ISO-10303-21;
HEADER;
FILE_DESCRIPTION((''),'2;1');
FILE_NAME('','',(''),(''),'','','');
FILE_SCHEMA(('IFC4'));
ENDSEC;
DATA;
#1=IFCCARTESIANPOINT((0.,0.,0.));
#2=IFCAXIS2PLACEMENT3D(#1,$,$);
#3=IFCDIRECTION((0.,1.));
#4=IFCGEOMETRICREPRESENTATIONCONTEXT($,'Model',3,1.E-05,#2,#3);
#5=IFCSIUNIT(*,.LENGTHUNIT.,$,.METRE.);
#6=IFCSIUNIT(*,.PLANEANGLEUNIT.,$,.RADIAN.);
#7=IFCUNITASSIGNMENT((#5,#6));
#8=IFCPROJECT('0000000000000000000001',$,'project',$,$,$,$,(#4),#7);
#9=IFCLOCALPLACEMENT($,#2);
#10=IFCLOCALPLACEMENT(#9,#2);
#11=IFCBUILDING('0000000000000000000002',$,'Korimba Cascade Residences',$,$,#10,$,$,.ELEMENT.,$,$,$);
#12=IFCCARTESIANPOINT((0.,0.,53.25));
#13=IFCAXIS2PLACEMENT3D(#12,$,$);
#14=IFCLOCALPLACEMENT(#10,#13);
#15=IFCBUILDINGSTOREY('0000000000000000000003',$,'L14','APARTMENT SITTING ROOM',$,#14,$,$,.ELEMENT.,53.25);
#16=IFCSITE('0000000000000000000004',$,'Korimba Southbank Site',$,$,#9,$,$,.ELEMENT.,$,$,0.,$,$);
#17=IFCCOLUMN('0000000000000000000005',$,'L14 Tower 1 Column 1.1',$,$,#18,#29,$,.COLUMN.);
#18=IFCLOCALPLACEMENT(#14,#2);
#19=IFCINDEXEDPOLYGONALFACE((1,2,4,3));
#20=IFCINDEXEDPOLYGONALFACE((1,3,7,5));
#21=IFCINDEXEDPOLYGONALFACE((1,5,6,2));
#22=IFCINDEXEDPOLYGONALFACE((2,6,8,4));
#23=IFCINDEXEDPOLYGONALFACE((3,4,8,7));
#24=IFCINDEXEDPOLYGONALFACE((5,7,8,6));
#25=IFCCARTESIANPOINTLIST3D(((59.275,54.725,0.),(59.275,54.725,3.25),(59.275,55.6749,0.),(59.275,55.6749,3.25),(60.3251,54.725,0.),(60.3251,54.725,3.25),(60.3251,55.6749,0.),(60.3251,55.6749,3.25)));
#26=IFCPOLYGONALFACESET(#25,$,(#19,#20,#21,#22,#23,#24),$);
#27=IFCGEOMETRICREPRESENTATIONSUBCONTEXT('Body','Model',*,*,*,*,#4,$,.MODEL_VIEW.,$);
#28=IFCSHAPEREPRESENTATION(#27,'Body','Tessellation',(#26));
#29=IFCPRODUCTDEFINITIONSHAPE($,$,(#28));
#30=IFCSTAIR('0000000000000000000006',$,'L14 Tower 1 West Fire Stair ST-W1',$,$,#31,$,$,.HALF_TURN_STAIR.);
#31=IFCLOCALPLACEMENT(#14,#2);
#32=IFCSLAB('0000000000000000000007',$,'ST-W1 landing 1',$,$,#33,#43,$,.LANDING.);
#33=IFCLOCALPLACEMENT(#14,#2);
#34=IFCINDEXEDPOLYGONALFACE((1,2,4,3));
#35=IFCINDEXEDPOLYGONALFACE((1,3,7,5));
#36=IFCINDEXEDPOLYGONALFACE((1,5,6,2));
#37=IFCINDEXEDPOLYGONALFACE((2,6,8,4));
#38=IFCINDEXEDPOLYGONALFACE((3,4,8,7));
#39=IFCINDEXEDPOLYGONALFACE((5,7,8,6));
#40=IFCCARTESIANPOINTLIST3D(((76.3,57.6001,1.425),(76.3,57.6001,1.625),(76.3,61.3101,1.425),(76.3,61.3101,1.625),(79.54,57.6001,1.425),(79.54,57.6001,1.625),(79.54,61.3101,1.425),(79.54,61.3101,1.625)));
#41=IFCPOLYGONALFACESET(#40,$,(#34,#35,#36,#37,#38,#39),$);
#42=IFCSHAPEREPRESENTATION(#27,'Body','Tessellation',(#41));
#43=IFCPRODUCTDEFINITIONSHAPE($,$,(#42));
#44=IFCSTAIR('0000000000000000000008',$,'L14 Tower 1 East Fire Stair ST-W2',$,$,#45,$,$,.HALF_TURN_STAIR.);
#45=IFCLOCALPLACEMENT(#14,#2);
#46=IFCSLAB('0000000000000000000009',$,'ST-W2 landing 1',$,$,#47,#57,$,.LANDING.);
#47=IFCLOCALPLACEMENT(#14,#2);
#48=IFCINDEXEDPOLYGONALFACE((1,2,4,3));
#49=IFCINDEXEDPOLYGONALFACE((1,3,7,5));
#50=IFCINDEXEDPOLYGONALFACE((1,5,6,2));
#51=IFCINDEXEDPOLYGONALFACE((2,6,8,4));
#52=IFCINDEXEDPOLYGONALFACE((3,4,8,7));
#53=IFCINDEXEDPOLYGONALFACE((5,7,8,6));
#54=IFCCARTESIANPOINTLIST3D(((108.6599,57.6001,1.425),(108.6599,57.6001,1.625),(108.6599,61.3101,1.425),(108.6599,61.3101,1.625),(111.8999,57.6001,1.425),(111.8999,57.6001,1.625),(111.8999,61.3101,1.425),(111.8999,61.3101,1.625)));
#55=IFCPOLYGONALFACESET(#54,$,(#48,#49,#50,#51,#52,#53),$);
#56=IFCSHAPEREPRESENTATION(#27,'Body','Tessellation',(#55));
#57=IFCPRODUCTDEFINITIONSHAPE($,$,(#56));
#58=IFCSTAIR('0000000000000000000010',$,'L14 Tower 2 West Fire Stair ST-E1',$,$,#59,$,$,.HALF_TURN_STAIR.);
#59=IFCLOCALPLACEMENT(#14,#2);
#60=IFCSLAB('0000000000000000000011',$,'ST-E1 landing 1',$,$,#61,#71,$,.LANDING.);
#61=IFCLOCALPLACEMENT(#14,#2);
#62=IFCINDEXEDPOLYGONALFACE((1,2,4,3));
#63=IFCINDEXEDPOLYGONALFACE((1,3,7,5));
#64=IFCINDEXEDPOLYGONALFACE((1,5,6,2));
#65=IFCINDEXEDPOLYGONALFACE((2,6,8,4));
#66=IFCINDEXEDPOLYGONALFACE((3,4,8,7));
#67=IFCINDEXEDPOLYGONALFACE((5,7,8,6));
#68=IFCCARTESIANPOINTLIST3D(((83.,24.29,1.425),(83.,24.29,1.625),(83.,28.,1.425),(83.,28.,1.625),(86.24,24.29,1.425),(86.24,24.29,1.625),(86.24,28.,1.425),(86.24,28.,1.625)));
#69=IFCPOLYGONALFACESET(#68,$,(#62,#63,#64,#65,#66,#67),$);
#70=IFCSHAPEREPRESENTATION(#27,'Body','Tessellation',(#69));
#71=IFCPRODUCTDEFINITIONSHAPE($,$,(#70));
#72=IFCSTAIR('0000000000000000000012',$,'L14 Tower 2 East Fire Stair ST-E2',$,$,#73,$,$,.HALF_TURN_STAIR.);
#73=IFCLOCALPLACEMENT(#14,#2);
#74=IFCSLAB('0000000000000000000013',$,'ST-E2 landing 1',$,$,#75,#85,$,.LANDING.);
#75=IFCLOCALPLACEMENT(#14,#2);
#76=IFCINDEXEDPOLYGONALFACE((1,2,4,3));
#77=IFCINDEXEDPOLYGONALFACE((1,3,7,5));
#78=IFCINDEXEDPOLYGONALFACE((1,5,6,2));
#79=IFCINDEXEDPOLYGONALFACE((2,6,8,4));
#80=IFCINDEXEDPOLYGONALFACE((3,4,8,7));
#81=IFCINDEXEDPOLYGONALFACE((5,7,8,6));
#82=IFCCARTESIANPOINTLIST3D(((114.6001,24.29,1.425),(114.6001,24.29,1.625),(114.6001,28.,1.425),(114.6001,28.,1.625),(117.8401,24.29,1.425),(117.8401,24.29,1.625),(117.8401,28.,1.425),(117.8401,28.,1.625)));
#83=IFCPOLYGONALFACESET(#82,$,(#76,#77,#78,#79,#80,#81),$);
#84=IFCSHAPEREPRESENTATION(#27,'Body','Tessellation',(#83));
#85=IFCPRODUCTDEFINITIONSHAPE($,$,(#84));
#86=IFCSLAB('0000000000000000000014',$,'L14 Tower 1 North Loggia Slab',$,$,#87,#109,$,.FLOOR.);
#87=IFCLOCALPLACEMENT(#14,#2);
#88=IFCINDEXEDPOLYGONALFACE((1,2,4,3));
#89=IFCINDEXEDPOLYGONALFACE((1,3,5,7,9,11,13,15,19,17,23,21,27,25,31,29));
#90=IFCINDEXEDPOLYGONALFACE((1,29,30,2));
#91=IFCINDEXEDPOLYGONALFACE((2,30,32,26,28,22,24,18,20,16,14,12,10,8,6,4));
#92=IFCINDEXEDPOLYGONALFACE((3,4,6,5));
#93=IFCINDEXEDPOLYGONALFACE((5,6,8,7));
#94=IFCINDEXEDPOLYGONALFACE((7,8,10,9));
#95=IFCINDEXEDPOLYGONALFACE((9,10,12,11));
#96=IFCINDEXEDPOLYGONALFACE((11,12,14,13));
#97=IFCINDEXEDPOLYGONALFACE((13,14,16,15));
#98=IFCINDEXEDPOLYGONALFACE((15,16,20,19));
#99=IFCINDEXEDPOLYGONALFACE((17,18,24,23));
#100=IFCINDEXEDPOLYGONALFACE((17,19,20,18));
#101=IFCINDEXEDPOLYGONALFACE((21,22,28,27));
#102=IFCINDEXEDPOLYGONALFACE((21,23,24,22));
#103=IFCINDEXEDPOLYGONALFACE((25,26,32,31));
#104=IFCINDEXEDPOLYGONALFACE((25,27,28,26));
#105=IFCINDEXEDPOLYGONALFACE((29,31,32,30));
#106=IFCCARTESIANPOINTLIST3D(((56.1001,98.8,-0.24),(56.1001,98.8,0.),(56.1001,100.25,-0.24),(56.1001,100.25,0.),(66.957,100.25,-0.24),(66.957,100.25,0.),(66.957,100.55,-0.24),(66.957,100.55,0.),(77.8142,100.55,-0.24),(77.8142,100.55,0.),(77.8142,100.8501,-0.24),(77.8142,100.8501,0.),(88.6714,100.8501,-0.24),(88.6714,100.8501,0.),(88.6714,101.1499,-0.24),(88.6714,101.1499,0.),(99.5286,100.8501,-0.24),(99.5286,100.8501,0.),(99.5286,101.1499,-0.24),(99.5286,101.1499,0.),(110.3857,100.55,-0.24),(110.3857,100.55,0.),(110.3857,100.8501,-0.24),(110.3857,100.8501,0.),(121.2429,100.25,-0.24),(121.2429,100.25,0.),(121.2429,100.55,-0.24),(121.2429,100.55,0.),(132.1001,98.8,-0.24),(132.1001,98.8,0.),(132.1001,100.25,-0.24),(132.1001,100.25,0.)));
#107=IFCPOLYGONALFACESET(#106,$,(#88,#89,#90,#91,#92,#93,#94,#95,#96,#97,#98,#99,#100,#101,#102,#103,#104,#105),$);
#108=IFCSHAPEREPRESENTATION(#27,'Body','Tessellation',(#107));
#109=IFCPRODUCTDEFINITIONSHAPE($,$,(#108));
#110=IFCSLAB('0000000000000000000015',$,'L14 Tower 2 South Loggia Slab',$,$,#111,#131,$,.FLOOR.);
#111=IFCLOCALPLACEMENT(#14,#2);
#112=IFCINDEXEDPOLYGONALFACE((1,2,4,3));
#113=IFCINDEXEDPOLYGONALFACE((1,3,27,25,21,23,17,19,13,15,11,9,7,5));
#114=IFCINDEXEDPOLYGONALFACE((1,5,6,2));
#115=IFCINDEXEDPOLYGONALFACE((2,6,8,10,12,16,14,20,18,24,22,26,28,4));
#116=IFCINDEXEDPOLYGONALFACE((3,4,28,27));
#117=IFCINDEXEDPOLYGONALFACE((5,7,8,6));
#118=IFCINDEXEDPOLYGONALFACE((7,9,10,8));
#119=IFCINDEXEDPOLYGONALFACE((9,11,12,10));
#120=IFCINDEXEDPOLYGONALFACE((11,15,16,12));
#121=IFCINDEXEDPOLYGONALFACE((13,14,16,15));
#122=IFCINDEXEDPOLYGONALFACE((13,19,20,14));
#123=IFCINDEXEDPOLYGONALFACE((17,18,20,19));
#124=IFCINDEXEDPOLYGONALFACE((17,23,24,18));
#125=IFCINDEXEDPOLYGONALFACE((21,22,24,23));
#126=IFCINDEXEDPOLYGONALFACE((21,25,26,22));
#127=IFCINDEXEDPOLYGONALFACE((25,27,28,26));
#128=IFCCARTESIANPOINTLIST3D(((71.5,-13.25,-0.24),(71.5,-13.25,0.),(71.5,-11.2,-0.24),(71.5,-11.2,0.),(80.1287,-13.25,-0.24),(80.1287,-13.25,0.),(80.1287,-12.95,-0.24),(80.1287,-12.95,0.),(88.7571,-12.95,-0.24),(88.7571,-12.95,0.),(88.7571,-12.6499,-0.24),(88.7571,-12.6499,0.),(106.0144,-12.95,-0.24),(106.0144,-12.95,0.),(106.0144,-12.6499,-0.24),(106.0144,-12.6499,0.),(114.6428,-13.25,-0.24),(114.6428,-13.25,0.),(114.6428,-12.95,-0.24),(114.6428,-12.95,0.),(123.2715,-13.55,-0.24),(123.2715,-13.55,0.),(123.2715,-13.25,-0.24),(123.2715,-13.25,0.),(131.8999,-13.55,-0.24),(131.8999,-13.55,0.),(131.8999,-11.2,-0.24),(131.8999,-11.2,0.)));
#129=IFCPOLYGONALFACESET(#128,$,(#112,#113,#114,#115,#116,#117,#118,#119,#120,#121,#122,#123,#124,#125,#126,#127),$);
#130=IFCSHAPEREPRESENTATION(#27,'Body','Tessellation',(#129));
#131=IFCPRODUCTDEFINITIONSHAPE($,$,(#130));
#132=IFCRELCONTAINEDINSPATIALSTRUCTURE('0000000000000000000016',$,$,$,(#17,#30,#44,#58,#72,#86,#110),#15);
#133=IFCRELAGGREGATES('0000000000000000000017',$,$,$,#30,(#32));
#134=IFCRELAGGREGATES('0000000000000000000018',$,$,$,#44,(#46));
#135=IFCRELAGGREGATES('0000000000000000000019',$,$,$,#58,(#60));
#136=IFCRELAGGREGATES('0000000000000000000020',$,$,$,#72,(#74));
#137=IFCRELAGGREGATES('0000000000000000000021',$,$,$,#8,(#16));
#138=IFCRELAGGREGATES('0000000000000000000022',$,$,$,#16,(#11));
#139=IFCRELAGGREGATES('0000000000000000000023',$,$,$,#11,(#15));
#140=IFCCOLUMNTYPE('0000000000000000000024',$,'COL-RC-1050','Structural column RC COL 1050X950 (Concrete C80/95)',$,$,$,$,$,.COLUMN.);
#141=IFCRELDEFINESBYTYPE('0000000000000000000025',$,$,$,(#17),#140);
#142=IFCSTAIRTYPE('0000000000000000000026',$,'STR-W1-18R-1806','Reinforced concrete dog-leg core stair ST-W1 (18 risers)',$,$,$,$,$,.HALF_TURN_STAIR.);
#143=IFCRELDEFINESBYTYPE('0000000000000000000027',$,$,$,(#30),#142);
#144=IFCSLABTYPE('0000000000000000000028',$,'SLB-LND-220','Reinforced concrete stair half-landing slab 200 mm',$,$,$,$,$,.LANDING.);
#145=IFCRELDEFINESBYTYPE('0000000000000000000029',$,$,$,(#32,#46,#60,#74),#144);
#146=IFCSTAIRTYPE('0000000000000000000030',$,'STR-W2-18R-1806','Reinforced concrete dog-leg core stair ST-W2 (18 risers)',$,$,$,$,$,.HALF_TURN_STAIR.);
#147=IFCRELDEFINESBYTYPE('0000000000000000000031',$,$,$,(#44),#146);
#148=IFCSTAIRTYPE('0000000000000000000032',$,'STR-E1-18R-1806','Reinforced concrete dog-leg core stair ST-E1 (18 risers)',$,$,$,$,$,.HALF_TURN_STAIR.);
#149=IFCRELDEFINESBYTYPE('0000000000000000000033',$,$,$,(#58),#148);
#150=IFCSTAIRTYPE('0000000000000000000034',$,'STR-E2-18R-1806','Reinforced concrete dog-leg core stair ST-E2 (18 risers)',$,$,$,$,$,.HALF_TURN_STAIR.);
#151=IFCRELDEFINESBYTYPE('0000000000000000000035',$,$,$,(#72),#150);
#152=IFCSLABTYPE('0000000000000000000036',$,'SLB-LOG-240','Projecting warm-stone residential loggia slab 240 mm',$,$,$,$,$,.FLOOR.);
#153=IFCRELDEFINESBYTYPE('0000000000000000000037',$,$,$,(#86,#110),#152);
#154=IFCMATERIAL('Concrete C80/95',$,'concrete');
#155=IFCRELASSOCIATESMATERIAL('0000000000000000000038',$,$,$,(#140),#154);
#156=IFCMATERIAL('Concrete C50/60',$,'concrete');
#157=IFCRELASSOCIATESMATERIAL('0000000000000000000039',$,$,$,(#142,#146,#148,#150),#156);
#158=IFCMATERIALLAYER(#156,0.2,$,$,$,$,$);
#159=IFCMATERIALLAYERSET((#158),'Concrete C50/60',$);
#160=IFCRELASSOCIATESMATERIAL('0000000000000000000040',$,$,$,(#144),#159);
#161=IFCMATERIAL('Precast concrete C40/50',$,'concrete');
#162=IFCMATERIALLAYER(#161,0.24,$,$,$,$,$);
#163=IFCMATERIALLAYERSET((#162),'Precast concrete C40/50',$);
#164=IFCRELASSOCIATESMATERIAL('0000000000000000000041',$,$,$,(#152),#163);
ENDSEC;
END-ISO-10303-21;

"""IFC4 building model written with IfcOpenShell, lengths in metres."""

from ifc_helpers import new_model, si_unit, direction, frame, origin, origin_2d, place, context, subcontext, project, spatial, polyline, rectangle, outline, extrude, material, layer, layer_set, material_profile, profile_set, type_object, element, aggregate, save


model = new_model("IFC4")

# Units and contexts
model_context = context("Model", 3, precision=1e-05, world=origin(), true_north=direction((0.0, 1.0)))
body_context = subcontext(model_context, "Body", "Model", "MODEL_VIEW")
ifc_project = project(units=[si_unit("LENGTHUNIT", "METRE"), si_unit("PLANEANGLEUNIT", "RADIAN")], contexts=[model_context])

# Site, building, storey
site_placement = place(None, origin())
site = spatial("IfcSite", under=ifc_project, at=site_placement, Name="Korimba Southbank Site", CompositionType="ELEMENT", RefElevation=0.0)
building_placement = place(site_placement, origin())
building = spatial("IfcBuilding", under=site, at=building_placement, Name="Korimba Cascade Residences", CompositionType="ELEMENT")
storey_placement = place(building_placement, frame((0.0, 0.0, 53.25)))
storey = spatial("IfcBuildingStorey", under=building, at=storey_placement, Name="L14", Description="APARTMENT SITTING ROOM", CompositionType="ELEMENT", Elevation=53.25)

# Column
ifc_material_1 = material(Name="Concrete C80/95", Category="concrete")
ifc_material_profile = material_profile(ifc_material_1, rectangle(XDim=1.05, YDim=0.95, at=origin_2d()), Name="Concrete C80/95")
ifc_profile_set = profile_set([ifc_material_profile], Name="Concrete C80/95")
column_type = type_object("IfcColumnType", Name="COL-RC-1050", Description="Structural column RC COL 1050X950 (Concrete C80/95)", PredefinedType="COLUMN", material=ifc_profile_set)
column_placement = place(storey_placement, frame((59.8, 55.2, 0.0), z_axis=(0.0, 0.0, 1.0), x_axis=(1.0, 0.0, 0.0)))
element("IfcColumn", 1, at=column_placement, inside=storey, type_object=column_type, Name="L14 Tower 1 Column 1.1", PredefinedType="COLUMN", context=body_context, shape_type="SweptSolid", body=[
    extrude(rectangle(XDim=1.05, YDim=0.95, at=origin_2d()), origin(), (0.0, 0.0, 1.0), 3.25),
])

# Stairs, slabs
ifc_material_2 = material(Name="Concrete C50/60", Category="concrete")
stair_type_1 = type_object("IfcStairType", Name="STR-W1-18R-1806", Description="Reinforced concrete dog-leg core stair ST-W1 (18 risers)", PredefinedType="HALF_TURN_STAIR", material=ifc_material_2)
stair_1_placement = place(storey_placement, origin())
stair_1 = element("IfcStair", 2, at=stair_1_placement, inside=storey, type_object=stair_type_1, Name="L14 Tower 1 West Fire Stair ST-W1", PredefinedType="HALF_TURN_STAIR")
ifc_layer_1 = layer(ifc_material_2, 0.2)
ifc_layer_set_1 = layer_set([ifc_layer_1], Name="Concrete C50/60")
slab_type_1 = type_object("IfcSlabType", Name="SLB-LND-220", Description="Reinforced concrete stair half-landing slab 200 mm", PredefinedType="LANDING", material=ifc_layer_set_1)
slab_1_placement = place(storey_placement, frame((0.0, 0.0, 1.425)))
slab_1 = element("IfcSlab", 3, at=slab_1_placement, type_object=slab_type_1, Name="ST-W1 landing 1", PredefinedType="LANDING", context=body_context, shape_type="SweptSolid", body=[
    extrude(outline(polyline([(76.3, 61.3101), (76.3, 57.6001), (79.54, 57.6001), (79.54, 61.3101), (76.3, 61.3101)])), origin(), (0.0, 0.0, 1.0), 0.2),
])
aggregate(stair_1, [slab_1])
stair_type_2 = type_object("IfcStairType", Name="STR-W2-18R-1806", Description="Reinforced concrete dog-leg core stair ST-W2 (18 risers)", PredefinedType="HALF_TURN_STAIR", material=ifc_material_2)
stair_2_placement = place(storey_placement, origin())
stair_2 = element("IfcStair", 4, at=stair_2_placement, inside=storey, type_object=stair_type_2, Name="L14 Tower 1 East Fire Stair ST-W2", PredefinedType="HALF_TURN_STAIR")
slab_2_placement = place(storey_placement, frame((0.0, 0.0, 1.425)))
slab_2 = element("IfcSlab", 5, at=slab_2_placement, type_object=slab_type_1, Name="ST-W2 landing 1", PredefinedType="LANDING", context=body_context, shape_type="SweptSolid", body=[
    extrude(outline(polyline([(108.6599, 61.3101), (108.6599, 57.6001), (111.8999, 57.6001), (111.8999, 61.3101), (108.6599, 61.3101)])), origin(), (0.0, 0.0, 1.0), 0.2),
])
aggregate(stair_2, [slab_2])
stair_type_3 = type_object("IfcStairType", Name="STR-E1-18R-1806", Description="Reinforced concrete dog-leg core stair ST-E1 (18 risers)", PredefinedType="HALF_TURN_STAIR", material=ifc_material_2)
stair_3_placement = place(storey_placement, origin())
stair_3 = element("IfcStair", 6, at=stair_3_placement, inside=storey, type_object=stair_type_3, Name="L14 Tower 2 West Fire Stair ST-E1", PredefinedType="HALF_TURN_STAIR")
slab_3_placement = place(storey_placement, frame((0.0, 0.0, 1.425)))
slab_3 = element("IfcSlab", 7, at=slab_3_placement, type_object=slab_type_1, Name="ST-E1 landing 1", PredefinedType="LANDING", context=body_context, shape_type="SweptSolid", body=[
    extrude(outline(polyline([(86.24, 24.29), (86.24, 28.0), (83.0, 28.0), (83.0, 24.29), (86.24, 24.29)])), origin(), (0.0, 0.0, 1.0), 0.2),
])
aggregate(stair_3, [slab_3])
stair_type_4 = type_object("IfcStairType", Name="STR-E2-18R-1806", Description="Reinforced concrete dog-leg core stair ST-E2 (18 risers)", PredefinedType="HALF_TURN_STAIR", material=ifc_material_2)
stair_4_placement = place(storey_placement, origin())
stair_4 = element("IfcStair", 8, at=stair_4_placement, inside=storey, type_object=stair_type_4, Name="L14 Tower 2 East Fire Stair ST-E2", PredefinedType="HALF_TURN_STAIR")
slab_4_placement = place(storey_placement, frame((0.0, 0.0, 1.425)))
slab_4 = element("IfcSlab", 9, at=slab_4_placement, type_object=slab_type_1, Name="ST-E2 landing 1", PredefinedType="LANDING", context=body_context, shape_type="SweptSolid", body=[
    extrude(outline(polyline([(117.8401, 24.29), (117.8401, 28.0), (114.6001, 28.0), (114.6001, 24.29), (117.8401, 24.29)])), origin(), (0.0, 0.0, 1.0), 0.2),
])
aggregate(stair_4, [slab_4])

# Slabs
ifc_material_3 = material(Name="Precast concrete C40/50", Category="concrete")
ifc_layer_2 = layer(ifc_material_3, 0.24)
ifc_layer_set_2 = layer_set([ifc_layer_2], Name="Precast concrete C40/50")
slab_type_2 = type_object("IfcSlabType", Name="SLB-LOG-240", Description="Projecting warm-stone residential loggia slab 240 mm", PredefinedType="FLOOR", material=ifc_layer_set_2)
slab_5_placement = place(storey_placement, frame((0.0, 0.0, -0.24)))
element("IfcSlab", 10, at=slab_5_placement, inside=storey, type_object=slab_type_2, Name="L14 Tower 1 North Loggia Slab", PredefinedType="FLOOR", context=body_context, shape_type="SweptSolid", body=[
    extrude(outline(polyline([(56.1001, 98.8), (132.1001, 98.8), (132.1001, 100.25), (121.2429, 100.25), (121.2429, 100.55), (110.3857, 100.55), (110.3857, 100.8501), (99.5286, 100.8501), (99.5286, 101.1499), (88.6714, 101.1499), (88.6714, 100.8501), (77.8142, 100.8501), (77.8142, 100.55), (66.957, 100.55), (66.957, 100.25), (56.1001, 100.25), (56.1001, 98.8)])), origin(), (0.0, 0.0, 1.0), 0.24),
])
slab_6_placement = place(storey_placement, frame((0.0, 0.0, -0.24)))
element("IfcSlab", 11, at=slab_6_placement, inside=storey, type_object=slab_type_2, Name="L14 Tower 2 South Loggia Slab", PredefinedType="FLOOR", context=body_context, shape_type="SweptSolid", body=[
    extrude(outline(polyline([(71.5, -13.25), (80.1287, -13.25), (80.1287, -12.95), (88.7571, -12.95), (88.7571, -12.6499), (106.0144, -12.6499), (106.0144, -12.95), (114.6428, -12.95), (114.6428, -13.25), (123.2715, -13.25), (123.2715, -13.55), (131.8999, -13.55), (131.8999, -11.2), (71.5, -11.2), (71.5, -13.25)])), origin(), (0.0, 0.0, 1.0), 0.24),
])

save(model, "model.ifc")
